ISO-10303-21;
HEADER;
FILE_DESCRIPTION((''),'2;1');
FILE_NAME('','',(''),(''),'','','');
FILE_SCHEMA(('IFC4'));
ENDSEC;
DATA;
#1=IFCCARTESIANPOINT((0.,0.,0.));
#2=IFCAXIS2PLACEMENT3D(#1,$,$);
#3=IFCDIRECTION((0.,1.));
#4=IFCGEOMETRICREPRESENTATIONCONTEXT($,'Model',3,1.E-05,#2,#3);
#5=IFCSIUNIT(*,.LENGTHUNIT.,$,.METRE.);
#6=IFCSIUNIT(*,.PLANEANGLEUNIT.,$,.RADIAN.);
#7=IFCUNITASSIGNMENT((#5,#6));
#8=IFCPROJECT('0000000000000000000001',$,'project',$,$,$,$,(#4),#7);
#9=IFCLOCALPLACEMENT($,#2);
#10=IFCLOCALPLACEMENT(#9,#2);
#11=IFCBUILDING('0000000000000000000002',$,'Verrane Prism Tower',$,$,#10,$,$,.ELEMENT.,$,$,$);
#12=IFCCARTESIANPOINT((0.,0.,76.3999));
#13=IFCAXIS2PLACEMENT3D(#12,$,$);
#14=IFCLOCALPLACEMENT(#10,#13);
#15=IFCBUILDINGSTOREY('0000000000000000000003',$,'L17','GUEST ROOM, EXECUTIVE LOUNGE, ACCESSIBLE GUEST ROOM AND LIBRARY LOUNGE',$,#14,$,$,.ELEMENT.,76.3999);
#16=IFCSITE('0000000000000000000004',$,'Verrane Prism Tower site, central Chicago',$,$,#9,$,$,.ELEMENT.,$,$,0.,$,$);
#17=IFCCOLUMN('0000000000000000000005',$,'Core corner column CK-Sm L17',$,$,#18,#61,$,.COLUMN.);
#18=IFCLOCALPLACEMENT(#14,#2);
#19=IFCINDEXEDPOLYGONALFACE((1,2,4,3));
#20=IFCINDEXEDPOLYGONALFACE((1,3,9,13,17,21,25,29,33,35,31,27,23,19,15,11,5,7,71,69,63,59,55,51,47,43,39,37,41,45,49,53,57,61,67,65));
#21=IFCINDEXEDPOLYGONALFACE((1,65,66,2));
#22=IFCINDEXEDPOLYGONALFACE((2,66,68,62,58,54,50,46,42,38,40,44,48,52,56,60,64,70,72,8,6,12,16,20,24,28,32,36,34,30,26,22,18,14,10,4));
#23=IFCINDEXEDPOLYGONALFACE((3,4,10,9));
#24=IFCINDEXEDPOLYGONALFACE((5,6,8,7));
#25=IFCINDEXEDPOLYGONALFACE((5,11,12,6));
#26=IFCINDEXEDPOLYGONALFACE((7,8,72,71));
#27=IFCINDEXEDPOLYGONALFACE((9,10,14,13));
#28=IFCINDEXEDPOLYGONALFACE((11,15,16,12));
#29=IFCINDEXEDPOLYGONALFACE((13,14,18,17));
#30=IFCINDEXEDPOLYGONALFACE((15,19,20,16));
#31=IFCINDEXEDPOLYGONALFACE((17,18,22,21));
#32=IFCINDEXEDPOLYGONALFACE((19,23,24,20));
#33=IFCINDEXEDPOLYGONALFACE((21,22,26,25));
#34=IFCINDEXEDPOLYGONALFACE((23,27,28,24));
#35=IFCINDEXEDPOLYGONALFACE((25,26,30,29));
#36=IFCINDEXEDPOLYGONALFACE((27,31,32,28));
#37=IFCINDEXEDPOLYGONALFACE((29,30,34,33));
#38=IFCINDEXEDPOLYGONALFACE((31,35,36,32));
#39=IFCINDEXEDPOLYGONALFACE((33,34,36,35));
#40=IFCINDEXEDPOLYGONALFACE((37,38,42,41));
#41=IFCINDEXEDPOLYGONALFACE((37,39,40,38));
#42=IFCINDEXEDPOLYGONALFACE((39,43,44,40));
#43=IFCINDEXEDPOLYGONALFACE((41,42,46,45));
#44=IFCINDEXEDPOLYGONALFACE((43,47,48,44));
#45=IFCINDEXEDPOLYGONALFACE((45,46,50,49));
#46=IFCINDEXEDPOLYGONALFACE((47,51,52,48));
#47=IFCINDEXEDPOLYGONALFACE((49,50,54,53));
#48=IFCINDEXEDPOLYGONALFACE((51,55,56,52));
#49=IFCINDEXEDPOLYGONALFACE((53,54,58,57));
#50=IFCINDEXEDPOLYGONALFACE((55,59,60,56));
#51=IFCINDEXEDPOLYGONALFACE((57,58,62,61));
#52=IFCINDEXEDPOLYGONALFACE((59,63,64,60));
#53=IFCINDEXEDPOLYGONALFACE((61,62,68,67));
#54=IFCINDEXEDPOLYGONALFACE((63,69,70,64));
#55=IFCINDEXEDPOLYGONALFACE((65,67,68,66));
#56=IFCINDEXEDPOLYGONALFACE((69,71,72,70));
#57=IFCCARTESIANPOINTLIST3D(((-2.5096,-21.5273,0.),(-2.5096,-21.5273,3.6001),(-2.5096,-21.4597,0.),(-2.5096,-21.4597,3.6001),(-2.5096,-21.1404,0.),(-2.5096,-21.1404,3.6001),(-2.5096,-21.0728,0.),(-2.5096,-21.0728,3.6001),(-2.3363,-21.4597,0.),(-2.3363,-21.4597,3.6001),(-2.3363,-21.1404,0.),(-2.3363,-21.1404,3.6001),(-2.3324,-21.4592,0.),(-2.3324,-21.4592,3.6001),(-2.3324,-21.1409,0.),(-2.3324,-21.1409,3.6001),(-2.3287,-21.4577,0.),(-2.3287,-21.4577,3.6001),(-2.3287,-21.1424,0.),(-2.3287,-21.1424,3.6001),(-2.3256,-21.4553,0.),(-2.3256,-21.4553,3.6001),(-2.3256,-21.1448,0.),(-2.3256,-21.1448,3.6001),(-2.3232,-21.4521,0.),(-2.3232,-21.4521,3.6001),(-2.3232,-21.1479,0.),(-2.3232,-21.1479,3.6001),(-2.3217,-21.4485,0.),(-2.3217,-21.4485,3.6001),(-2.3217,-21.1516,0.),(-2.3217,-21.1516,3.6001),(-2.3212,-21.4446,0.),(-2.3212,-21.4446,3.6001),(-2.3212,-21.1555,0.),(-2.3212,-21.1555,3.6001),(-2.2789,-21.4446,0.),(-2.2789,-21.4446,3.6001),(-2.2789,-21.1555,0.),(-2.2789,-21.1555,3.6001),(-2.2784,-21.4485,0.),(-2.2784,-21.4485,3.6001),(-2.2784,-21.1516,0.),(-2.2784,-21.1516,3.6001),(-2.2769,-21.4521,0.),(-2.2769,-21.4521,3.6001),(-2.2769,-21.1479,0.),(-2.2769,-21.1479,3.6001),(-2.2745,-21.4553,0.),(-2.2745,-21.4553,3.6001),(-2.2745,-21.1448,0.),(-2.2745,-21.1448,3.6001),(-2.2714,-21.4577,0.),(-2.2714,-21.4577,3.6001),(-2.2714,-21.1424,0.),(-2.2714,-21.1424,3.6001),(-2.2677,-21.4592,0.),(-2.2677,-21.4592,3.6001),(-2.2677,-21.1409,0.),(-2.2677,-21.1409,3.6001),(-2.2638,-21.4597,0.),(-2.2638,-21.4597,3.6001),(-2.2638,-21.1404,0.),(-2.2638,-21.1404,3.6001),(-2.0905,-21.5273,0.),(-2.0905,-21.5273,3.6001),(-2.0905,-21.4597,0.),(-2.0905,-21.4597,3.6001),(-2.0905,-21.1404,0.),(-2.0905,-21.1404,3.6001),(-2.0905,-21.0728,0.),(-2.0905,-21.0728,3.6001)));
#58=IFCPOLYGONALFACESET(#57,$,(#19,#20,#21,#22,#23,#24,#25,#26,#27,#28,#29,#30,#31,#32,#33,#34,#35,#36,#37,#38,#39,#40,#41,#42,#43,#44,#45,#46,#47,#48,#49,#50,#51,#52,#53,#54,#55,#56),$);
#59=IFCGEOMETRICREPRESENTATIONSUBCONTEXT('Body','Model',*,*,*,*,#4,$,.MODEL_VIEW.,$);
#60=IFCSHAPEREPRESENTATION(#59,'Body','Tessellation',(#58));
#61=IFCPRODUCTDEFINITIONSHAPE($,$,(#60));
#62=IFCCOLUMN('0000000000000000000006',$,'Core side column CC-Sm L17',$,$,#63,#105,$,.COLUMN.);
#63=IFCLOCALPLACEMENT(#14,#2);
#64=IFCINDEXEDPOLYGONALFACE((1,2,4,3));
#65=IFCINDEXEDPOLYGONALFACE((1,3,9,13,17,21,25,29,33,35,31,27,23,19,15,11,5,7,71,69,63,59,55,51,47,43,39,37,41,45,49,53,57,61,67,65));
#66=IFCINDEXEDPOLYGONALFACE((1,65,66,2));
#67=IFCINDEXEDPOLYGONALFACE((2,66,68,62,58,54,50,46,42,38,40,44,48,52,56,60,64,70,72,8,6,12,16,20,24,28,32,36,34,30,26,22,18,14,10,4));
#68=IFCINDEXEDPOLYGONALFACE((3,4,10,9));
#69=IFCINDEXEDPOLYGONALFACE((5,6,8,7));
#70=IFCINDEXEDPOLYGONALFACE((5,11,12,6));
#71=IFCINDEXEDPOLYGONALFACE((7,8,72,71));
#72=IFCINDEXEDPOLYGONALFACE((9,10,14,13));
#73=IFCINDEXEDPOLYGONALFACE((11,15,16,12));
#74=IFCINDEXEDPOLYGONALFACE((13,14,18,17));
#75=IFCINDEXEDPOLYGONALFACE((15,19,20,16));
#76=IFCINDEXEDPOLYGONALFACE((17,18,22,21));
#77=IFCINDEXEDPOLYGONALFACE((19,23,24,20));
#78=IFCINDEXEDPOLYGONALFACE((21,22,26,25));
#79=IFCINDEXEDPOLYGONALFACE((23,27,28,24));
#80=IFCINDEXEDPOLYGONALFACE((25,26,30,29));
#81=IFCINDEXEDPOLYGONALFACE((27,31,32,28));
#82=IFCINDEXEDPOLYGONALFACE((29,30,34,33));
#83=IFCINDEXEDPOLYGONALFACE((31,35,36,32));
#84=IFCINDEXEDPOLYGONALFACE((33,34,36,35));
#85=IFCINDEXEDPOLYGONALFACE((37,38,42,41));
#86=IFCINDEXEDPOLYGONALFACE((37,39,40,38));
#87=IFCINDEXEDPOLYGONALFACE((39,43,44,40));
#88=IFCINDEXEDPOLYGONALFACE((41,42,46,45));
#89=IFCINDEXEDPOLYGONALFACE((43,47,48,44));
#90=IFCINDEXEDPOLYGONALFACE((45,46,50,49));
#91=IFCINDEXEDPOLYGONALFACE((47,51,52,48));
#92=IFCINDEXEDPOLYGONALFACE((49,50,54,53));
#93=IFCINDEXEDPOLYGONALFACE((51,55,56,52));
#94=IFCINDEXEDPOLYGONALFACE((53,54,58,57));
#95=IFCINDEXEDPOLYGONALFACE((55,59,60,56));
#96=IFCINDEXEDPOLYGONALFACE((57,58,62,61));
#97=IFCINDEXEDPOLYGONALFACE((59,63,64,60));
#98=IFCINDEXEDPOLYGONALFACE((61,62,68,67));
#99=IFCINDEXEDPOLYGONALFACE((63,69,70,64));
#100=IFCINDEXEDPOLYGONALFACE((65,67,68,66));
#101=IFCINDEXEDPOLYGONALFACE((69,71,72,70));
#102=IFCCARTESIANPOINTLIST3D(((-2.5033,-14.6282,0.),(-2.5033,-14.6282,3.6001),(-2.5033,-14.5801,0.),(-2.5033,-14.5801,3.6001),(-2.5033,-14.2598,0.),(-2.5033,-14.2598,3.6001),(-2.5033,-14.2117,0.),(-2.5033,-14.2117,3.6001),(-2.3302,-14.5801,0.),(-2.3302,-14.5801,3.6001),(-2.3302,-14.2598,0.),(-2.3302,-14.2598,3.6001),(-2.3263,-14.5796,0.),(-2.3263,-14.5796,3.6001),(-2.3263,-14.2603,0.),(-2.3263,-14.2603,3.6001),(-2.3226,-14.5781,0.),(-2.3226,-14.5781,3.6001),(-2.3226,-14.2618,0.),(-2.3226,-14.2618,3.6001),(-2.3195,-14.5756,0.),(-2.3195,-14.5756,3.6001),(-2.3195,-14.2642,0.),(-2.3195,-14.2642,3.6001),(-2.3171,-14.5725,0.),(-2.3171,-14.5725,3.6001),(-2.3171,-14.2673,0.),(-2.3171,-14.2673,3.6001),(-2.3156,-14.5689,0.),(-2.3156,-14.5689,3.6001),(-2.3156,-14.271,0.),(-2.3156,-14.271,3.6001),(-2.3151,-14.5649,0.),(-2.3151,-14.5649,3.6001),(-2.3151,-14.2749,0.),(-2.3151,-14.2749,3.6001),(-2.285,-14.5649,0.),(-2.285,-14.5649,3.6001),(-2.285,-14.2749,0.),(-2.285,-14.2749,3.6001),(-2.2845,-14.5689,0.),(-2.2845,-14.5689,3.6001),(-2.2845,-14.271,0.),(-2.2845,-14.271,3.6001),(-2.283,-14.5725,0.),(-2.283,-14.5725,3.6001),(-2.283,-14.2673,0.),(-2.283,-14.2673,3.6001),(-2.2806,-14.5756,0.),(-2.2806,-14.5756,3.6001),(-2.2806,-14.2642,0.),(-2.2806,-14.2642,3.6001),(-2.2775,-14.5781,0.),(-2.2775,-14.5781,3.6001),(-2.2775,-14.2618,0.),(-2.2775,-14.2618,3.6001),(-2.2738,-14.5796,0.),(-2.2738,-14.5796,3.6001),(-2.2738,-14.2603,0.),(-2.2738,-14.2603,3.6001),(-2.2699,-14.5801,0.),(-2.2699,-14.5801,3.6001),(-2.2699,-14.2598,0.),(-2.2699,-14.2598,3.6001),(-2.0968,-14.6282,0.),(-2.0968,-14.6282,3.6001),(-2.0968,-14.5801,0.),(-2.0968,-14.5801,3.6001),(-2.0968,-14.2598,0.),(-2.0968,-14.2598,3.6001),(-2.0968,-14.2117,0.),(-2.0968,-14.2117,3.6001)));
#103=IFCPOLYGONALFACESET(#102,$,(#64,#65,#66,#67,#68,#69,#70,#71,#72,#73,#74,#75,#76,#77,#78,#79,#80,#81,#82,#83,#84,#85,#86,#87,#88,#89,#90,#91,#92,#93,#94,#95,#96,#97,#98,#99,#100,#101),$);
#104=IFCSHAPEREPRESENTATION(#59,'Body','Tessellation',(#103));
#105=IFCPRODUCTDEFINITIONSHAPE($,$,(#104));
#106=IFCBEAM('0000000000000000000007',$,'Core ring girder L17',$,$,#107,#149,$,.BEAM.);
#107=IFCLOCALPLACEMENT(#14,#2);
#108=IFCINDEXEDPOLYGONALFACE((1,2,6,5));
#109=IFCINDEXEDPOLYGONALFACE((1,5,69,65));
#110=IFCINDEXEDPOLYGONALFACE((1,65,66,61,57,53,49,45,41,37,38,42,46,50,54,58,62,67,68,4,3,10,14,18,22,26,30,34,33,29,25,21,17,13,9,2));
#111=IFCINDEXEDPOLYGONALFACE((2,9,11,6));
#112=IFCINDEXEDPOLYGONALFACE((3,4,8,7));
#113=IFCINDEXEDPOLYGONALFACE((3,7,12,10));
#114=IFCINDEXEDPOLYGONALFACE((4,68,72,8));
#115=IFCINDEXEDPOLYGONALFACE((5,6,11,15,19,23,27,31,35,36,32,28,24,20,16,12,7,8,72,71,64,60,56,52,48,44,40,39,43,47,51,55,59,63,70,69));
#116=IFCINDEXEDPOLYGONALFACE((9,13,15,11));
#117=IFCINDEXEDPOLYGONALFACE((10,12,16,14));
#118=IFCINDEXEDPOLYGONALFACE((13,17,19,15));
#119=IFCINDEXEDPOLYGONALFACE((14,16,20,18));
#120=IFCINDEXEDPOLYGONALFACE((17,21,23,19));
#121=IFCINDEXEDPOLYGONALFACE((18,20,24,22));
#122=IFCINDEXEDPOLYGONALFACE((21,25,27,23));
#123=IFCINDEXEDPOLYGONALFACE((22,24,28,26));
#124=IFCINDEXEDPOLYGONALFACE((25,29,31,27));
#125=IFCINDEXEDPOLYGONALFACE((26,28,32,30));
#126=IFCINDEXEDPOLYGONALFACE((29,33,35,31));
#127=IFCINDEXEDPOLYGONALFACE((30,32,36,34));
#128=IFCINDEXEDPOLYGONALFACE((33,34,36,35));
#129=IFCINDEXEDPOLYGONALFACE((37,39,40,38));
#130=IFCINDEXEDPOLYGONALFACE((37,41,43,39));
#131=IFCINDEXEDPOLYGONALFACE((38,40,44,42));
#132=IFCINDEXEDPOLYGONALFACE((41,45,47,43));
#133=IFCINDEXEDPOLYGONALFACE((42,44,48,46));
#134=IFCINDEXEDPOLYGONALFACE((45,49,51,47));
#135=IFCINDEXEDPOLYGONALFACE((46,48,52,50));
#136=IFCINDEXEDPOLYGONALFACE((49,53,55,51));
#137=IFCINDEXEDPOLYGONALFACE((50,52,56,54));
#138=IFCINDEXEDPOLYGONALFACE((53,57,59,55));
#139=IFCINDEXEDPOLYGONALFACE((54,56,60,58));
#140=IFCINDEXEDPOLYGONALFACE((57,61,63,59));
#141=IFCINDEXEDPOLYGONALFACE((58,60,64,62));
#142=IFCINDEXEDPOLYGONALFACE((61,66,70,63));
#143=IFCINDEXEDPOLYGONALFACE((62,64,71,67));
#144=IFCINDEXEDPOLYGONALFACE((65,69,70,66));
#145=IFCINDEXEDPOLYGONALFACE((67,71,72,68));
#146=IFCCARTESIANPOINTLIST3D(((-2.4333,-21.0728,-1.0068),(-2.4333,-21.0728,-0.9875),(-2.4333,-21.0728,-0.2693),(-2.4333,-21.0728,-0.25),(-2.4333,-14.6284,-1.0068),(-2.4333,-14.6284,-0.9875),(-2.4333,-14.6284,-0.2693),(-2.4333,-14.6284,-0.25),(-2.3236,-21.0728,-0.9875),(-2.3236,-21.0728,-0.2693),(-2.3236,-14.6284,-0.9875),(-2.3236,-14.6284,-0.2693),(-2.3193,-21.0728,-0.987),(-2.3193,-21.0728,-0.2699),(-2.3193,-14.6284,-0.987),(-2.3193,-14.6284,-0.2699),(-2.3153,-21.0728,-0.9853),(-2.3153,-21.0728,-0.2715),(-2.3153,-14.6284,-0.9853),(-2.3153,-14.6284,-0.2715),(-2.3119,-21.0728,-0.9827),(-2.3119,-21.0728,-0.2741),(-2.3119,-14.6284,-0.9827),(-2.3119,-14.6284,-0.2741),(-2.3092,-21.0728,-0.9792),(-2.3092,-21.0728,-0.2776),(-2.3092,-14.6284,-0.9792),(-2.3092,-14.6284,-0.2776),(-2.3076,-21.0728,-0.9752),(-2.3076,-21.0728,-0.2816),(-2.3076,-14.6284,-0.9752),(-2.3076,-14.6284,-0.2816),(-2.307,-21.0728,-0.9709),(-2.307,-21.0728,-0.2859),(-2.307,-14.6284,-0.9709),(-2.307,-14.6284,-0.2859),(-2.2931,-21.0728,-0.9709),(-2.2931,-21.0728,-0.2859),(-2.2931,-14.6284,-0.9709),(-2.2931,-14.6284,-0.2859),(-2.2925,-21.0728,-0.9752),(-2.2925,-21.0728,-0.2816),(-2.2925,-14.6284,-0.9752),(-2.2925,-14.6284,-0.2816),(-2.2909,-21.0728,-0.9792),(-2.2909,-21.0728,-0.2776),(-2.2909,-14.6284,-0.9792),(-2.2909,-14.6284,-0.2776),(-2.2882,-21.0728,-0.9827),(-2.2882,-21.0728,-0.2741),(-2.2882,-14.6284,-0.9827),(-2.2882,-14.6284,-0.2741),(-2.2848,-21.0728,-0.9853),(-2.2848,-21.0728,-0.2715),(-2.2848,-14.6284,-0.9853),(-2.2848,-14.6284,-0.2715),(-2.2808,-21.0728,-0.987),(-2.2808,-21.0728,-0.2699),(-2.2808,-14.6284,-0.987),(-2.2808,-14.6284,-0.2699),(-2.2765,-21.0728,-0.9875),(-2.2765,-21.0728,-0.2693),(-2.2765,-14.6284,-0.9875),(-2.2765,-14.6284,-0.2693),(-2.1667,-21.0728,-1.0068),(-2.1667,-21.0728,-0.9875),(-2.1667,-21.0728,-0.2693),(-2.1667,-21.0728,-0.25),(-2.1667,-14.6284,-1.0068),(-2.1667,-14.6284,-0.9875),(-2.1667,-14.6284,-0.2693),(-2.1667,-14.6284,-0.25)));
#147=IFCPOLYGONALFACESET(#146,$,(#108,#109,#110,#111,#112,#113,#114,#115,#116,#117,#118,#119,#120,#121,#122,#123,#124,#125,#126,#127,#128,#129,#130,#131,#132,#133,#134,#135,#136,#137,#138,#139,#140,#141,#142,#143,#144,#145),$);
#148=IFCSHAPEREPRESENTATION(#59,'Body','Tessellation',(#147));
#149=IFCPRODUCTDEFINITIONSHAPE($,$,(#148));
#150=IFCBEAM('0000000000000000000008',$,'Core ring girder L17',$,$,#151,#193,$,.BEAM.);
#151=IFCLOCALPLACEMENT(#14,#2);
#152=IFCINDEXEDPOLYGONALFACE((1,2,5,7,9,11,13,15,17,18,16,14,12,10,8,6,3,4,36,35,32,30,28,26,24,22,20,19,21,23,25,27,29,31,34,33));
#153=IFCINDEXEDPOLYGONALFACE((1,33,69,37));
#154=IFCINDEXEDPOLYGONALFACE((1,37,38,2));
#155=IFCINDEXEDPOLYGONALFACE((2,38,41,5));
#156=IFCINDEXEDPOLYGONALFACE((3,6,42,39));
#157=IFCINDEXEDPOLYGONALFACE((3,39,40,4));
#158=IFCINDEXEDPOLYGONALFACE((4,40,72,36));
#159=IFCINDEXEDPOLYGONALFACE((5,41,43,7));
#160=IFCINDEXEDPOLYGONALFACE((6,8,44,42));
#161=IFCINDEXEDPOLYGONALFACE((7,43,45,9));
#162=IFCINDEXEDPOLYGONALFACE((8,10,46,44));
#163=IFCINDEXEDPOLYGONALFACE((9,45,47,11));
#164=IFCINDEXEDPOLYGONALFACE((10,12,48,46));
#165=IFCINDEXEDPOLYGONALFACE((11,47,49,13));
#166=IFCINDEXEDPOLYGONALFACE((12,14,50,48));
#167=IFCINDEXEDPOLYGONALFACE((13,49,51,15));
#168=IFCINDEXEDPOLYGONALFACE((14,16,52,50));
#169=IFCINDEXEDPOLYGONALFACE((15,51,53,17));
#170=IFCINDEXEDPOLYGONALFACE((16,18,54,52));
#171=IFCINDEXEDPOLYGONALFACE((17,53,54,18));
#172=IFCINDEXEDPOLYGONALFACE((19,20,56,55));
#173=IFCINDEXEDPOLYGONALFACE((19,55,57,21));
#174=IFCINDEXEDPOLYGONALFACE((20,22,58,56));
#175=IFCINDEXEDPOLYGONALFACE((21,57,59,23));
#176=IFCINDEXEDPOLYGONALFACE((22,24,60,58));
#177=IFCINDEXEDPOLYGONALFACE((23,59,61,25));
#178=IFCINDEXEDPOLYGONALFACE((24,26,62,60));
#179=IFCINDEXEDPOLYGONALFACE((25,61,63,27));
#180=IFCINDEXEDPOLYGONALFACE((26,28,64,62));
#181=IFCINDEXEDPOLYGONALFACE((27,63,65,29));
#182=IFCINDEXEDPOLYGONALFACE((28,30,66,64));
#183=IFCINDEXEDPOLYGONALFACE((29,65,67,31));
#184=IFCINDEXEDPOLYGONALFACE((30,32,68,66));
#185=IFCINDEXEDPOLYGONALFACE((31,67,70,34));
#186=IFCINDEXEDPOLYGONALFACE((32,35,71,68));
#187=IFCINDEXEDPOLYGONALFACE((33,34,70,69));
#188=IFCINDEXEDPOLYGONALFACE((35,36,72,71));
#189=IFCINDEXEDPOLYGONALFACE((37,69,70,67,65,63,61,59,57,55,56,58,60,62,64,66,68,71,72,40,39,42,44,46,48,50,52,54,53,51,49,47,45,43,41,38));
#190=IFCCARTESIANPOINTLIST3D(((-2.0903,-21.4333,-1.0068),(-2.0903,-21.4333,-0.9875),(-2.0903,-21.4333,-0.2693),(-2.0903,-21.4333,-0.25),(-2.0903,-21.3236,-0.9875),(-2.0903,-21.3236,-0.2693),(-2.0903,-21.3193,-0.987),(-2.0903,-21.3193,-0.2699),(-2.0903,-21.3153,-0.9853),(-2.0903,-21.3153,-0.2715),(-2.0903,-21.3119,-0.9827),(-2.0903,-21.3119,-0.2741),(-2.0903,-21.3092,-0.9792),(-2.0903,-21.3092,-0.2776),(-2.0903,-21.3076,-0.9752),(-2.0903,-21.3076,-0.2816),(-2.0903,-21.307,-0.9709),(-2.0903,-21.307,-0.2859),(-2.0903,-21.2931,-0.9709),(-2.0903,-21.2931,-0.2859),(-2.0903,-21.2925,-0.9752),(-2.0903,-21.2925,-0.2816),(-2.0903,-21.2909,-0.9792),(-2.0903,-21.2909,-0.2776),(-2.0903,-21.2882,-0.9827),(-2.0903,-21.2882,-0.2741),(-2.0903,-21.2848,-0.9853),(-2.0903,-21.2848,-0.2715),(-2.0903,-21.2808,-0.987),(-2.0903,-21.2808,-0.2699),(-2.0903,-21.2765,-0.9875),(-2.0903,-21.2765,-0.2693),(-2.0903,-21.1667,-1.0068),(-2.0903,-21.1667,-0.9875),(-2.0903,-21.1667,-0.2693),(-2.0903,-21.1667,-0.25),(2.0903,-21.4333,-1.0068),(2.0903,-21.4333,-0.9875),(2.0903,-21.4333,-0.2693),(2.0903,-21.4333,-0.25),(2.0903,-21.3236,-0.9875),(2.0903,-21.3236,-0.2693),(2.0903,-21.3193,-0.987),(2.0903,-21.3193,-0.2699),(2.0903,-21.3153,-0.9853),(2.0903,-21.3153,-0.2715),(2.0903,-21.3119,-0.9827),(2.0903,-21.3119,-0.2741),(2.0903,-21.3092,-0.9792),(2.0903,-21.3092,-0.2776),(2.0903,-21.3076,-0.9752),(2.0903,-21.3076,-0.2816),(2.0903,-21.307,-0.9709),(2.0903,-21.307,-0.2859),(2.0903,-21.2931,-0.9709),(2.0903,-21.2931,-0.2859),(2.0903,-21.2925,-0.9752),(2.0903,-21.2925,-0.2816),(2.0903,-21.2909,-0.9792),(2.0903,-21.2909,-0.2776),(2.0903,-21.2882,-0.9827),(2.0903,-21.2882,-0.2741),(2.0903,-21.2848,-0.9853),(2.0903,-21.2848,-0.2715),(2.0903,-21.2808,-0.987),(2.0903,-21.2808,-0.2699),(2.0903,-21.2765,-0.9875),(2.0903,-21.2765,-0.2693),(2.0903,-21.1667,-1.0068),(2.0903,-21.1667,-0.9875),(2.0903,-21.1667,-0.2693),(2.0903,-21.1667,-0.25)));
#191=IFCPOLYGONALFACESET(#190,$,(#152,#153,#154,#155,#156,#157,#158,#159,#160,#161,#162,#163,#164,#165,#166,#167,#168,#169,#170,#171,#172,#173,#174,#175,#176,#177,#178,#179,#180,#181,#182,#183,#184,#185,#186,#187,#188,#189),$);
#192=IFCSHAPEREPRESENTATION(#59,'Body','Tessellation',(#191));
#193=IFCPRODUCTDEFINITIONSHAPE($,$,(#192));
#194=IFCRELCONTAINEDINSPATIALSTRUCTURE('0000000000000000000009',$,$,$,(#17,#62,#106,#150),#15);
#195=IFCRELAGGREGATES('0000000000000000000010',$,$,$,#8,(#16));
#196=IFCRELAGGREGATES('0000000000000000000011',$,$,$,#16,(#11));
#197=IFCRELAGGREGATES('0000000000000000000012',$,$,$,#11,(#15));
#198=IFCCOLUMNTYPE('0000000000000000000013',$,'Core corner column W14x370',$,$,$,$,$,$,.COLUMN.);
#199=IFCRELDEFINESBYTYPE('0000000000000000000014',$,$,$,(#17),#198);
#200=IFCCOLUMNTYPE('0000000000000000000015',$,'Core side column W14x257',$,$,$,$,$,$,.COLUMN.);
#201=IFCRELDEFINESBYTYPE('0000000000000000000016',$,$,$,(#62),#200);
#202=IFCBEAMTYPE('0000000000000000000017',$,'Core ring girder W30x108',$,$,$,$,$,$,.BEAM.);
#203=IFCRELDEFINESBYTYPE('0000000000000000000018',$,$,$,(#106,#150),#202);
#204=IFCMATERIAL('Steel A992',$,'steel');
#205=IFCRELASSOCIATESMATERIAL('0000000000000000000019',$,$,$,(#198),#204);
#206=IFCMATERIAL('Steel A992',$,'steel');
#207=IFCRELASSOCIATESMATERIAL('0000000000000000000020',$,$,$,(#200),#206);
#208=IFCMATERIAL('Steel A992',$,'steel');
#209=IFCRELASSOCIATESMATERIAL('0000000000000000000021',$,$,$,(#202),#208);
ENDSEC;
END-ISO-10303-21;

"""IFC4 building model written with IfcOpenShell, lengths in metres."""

from ifc_helpers import new_model, si_unit, direction, frame, origin, origin_2d, place, context, subcontext, project, spatial, i_section, extrude, material, material_profile, profile_set, type_object, element, save


model = new_model("IFC4")

# Units and contexts
model_context = context("Model", 3, precision=1e-05, world=origin(), true_north=direction((0.0, 1.0)))
body_context = subcontext(model_context, "Body", "Model", "MODEL_VIEW")
ifc_project = project(units=[si_unit("LENGTHUNIT", "METRE"), si_unit("PLANEANGLEUNIT", "RADIAN")], contexts=[model_context])

# Site, building, storey
site_placement = place(None, origin())
site = spatial("IfcSite", under=ifc_project, at=site_placement, Name="Verrane Prism Tower site, central Chicago", CompositionType="ELEMENT", RefElevation=0.0)
building_placement = place(site_placement, origin())
building = spatial("IfcBuilding", under=site, at=building_placement, Name="Verrane Prism Tower", CompositionType="ELEMENT")
storey_placement = place(building_placement, frame((0.0, 0.0, 76.3999)))
storey = spatial("IfcBuildingStorey", under=building, at=storey_placement, Name="L17", Description="GUEST ROOM, EXECUTIVE LOUNGE, ACCESSIBLE GUEST ROOM AND LIBRARY LOUNGE", CompositionType="ELEMENT", Elevation=76.3999)

# Columns
ifc_material_1 = material(Name="Steel A992", Category="steel")
ifc_material_profile_1 = material_profile(ifc_material_1, i_section(OverallWidth=0.4192, OverallDepth=0.4546, WebThickness=0.0422, FlangeThickness=0.0676, FilletRadius=0.0151, at=origin_2d()), Name="W14x370")
ifc_profile_set_1 = profile_set([ifc_material_profile_1], Name="Steel A992")
column_type_1 = type_object("IfcColumnType", Name="Core corner column W14x370", PredefinedType="COLUMN", material=ifc_profile_set_1)
column_1_placement = place(storey_placement, frame((-2.3, -21.3, 0.0), z_axis=(0.0, 0.0, 1.0), x_axis=(-1.0, 0.0, 0.0)))
element("IfcColumn", 1, at=column_1_placement, inside=storey, type_object=column_type_1, Name="Core corner column CK-Sm L17", PredefinedType="COLUMN", context=body_context, shape_type="SweptSolid", body=[
    extrude(i_section(OverallWidth=0.4192, OverallDepth=0.4546, WebThickness=0.0422, FlangeThickness=0.0676, FilletRadius=0.0151, at=origin_2d()), origin(), (0.0, 0.0, 1.0), 3.6001),
])
ifc_material_2 = material(Name="Steel A992", Category="steel")
ifc_material_profile_2 = material_profile(ifc_material_2, i_section(OverallWidth=0.4065, OverallDepth=0.4165, WebThickness=0.03, FlangeThickness=0.0481, FilletRadius=0.0151, at=origin_2d()), Name="W14x257")
ifc_profile_set_2 = profile_set([ifc_material_profile_2], Name="Steel A992")
column_type_2 = type_object("IfcColumnType", Name="Core side column W14x257", PredefinedType="COLUMN", material=ifc_profile_set_2)
column_2_placement = place(storey_placement, frame((-2.3, -14.4199, 0.0), z_axis=(0.0, 0.0, 1.0), x_axis=(1.0, 0.0, 0.0)))
element("IfcColumn", 2, at=column_2_placement, inside=storey, type_object=column_type_2, Name="Core side column CC-Sm L17", PredefinedType="COLUMN", context=body_context, shape_type="SweptSolid", body=[
    extrude(i_section(OverallWidth=0.4065, OverallDepth=0.4165, WebThickness=0.03, FlangeThickness=0.0481, FilletRadius=0.0151, at=origin_2d()), origin(), (0.0, 0.0, 1.0), 3.6001),
])

# Beams
ifc_material_3 = material(Name="Steel A992", Category="steel")
ifc_material_profile_3 = material_profile(ifc_material_3, i_section(OverallWidth=0.2666, OverallDepth=0.7568, WebThickness=0.0139, FlangeThickness=0.0193, FilletRadius=0.0166, at=origin_2d()), Name="W30x108")
ifc_profile_set_3 = profile_set([ifc_material_profile_3], Name="Steel A992")
beam_type_1 = type_object("IfcBeamType", Name="Core ring girder W30x108", PredefinedType="BEAM", material=ifc_profile_set_3)
beam_1_placement = place(storey_placement, frame((-2.3, -14.6284, -0.6284), z_axis=(0.0, -1.0, 0.0), x_axis=(1.0, 0.0, 0.0)))
element("IfcBeam", 3, at=beam_1_placement, inside=storey, type_object=beam_type_1, Name="Core ring girder L17", PredefinedType="BEAM", context=body_context, shape_type="SweptSolid", body=[
    extrude(i_section(OverallWidth=0.2666, OverallDepth=0.7568, WebThickness=0.0139, FlangeThickness=0.0193, FilletRadius=0.0166, at=origin_2d()), origin(), (0.0, 0.0, 1.0), 6.4443),
])
beam_2_placement = place(storey_placement, frame((-2.0903, -21.3, -0.6284), z_axis=(1.0, 0.0, 0.0), x_axis=(0.0, 1.0, 0.0)))
element("IfcBeam", 4, at=beam_2_placement, inside=storey, type_object=beam_type_1, Name="Core ring girder L17", PredefinedType="BEAM", context=body_context, shape_type="SweptSolid", body=[
    extrude(i_section(OverallWidth=0.2666, OverallDepth=0.7568, WebThickness=0.0139, FlangeThickness=0.0193, FilletRadius=0.0166, at=origin_2d()), origin(), (0.0, 0.0, 1.0), 4.1807),
])

save(model, "model.ifc")
